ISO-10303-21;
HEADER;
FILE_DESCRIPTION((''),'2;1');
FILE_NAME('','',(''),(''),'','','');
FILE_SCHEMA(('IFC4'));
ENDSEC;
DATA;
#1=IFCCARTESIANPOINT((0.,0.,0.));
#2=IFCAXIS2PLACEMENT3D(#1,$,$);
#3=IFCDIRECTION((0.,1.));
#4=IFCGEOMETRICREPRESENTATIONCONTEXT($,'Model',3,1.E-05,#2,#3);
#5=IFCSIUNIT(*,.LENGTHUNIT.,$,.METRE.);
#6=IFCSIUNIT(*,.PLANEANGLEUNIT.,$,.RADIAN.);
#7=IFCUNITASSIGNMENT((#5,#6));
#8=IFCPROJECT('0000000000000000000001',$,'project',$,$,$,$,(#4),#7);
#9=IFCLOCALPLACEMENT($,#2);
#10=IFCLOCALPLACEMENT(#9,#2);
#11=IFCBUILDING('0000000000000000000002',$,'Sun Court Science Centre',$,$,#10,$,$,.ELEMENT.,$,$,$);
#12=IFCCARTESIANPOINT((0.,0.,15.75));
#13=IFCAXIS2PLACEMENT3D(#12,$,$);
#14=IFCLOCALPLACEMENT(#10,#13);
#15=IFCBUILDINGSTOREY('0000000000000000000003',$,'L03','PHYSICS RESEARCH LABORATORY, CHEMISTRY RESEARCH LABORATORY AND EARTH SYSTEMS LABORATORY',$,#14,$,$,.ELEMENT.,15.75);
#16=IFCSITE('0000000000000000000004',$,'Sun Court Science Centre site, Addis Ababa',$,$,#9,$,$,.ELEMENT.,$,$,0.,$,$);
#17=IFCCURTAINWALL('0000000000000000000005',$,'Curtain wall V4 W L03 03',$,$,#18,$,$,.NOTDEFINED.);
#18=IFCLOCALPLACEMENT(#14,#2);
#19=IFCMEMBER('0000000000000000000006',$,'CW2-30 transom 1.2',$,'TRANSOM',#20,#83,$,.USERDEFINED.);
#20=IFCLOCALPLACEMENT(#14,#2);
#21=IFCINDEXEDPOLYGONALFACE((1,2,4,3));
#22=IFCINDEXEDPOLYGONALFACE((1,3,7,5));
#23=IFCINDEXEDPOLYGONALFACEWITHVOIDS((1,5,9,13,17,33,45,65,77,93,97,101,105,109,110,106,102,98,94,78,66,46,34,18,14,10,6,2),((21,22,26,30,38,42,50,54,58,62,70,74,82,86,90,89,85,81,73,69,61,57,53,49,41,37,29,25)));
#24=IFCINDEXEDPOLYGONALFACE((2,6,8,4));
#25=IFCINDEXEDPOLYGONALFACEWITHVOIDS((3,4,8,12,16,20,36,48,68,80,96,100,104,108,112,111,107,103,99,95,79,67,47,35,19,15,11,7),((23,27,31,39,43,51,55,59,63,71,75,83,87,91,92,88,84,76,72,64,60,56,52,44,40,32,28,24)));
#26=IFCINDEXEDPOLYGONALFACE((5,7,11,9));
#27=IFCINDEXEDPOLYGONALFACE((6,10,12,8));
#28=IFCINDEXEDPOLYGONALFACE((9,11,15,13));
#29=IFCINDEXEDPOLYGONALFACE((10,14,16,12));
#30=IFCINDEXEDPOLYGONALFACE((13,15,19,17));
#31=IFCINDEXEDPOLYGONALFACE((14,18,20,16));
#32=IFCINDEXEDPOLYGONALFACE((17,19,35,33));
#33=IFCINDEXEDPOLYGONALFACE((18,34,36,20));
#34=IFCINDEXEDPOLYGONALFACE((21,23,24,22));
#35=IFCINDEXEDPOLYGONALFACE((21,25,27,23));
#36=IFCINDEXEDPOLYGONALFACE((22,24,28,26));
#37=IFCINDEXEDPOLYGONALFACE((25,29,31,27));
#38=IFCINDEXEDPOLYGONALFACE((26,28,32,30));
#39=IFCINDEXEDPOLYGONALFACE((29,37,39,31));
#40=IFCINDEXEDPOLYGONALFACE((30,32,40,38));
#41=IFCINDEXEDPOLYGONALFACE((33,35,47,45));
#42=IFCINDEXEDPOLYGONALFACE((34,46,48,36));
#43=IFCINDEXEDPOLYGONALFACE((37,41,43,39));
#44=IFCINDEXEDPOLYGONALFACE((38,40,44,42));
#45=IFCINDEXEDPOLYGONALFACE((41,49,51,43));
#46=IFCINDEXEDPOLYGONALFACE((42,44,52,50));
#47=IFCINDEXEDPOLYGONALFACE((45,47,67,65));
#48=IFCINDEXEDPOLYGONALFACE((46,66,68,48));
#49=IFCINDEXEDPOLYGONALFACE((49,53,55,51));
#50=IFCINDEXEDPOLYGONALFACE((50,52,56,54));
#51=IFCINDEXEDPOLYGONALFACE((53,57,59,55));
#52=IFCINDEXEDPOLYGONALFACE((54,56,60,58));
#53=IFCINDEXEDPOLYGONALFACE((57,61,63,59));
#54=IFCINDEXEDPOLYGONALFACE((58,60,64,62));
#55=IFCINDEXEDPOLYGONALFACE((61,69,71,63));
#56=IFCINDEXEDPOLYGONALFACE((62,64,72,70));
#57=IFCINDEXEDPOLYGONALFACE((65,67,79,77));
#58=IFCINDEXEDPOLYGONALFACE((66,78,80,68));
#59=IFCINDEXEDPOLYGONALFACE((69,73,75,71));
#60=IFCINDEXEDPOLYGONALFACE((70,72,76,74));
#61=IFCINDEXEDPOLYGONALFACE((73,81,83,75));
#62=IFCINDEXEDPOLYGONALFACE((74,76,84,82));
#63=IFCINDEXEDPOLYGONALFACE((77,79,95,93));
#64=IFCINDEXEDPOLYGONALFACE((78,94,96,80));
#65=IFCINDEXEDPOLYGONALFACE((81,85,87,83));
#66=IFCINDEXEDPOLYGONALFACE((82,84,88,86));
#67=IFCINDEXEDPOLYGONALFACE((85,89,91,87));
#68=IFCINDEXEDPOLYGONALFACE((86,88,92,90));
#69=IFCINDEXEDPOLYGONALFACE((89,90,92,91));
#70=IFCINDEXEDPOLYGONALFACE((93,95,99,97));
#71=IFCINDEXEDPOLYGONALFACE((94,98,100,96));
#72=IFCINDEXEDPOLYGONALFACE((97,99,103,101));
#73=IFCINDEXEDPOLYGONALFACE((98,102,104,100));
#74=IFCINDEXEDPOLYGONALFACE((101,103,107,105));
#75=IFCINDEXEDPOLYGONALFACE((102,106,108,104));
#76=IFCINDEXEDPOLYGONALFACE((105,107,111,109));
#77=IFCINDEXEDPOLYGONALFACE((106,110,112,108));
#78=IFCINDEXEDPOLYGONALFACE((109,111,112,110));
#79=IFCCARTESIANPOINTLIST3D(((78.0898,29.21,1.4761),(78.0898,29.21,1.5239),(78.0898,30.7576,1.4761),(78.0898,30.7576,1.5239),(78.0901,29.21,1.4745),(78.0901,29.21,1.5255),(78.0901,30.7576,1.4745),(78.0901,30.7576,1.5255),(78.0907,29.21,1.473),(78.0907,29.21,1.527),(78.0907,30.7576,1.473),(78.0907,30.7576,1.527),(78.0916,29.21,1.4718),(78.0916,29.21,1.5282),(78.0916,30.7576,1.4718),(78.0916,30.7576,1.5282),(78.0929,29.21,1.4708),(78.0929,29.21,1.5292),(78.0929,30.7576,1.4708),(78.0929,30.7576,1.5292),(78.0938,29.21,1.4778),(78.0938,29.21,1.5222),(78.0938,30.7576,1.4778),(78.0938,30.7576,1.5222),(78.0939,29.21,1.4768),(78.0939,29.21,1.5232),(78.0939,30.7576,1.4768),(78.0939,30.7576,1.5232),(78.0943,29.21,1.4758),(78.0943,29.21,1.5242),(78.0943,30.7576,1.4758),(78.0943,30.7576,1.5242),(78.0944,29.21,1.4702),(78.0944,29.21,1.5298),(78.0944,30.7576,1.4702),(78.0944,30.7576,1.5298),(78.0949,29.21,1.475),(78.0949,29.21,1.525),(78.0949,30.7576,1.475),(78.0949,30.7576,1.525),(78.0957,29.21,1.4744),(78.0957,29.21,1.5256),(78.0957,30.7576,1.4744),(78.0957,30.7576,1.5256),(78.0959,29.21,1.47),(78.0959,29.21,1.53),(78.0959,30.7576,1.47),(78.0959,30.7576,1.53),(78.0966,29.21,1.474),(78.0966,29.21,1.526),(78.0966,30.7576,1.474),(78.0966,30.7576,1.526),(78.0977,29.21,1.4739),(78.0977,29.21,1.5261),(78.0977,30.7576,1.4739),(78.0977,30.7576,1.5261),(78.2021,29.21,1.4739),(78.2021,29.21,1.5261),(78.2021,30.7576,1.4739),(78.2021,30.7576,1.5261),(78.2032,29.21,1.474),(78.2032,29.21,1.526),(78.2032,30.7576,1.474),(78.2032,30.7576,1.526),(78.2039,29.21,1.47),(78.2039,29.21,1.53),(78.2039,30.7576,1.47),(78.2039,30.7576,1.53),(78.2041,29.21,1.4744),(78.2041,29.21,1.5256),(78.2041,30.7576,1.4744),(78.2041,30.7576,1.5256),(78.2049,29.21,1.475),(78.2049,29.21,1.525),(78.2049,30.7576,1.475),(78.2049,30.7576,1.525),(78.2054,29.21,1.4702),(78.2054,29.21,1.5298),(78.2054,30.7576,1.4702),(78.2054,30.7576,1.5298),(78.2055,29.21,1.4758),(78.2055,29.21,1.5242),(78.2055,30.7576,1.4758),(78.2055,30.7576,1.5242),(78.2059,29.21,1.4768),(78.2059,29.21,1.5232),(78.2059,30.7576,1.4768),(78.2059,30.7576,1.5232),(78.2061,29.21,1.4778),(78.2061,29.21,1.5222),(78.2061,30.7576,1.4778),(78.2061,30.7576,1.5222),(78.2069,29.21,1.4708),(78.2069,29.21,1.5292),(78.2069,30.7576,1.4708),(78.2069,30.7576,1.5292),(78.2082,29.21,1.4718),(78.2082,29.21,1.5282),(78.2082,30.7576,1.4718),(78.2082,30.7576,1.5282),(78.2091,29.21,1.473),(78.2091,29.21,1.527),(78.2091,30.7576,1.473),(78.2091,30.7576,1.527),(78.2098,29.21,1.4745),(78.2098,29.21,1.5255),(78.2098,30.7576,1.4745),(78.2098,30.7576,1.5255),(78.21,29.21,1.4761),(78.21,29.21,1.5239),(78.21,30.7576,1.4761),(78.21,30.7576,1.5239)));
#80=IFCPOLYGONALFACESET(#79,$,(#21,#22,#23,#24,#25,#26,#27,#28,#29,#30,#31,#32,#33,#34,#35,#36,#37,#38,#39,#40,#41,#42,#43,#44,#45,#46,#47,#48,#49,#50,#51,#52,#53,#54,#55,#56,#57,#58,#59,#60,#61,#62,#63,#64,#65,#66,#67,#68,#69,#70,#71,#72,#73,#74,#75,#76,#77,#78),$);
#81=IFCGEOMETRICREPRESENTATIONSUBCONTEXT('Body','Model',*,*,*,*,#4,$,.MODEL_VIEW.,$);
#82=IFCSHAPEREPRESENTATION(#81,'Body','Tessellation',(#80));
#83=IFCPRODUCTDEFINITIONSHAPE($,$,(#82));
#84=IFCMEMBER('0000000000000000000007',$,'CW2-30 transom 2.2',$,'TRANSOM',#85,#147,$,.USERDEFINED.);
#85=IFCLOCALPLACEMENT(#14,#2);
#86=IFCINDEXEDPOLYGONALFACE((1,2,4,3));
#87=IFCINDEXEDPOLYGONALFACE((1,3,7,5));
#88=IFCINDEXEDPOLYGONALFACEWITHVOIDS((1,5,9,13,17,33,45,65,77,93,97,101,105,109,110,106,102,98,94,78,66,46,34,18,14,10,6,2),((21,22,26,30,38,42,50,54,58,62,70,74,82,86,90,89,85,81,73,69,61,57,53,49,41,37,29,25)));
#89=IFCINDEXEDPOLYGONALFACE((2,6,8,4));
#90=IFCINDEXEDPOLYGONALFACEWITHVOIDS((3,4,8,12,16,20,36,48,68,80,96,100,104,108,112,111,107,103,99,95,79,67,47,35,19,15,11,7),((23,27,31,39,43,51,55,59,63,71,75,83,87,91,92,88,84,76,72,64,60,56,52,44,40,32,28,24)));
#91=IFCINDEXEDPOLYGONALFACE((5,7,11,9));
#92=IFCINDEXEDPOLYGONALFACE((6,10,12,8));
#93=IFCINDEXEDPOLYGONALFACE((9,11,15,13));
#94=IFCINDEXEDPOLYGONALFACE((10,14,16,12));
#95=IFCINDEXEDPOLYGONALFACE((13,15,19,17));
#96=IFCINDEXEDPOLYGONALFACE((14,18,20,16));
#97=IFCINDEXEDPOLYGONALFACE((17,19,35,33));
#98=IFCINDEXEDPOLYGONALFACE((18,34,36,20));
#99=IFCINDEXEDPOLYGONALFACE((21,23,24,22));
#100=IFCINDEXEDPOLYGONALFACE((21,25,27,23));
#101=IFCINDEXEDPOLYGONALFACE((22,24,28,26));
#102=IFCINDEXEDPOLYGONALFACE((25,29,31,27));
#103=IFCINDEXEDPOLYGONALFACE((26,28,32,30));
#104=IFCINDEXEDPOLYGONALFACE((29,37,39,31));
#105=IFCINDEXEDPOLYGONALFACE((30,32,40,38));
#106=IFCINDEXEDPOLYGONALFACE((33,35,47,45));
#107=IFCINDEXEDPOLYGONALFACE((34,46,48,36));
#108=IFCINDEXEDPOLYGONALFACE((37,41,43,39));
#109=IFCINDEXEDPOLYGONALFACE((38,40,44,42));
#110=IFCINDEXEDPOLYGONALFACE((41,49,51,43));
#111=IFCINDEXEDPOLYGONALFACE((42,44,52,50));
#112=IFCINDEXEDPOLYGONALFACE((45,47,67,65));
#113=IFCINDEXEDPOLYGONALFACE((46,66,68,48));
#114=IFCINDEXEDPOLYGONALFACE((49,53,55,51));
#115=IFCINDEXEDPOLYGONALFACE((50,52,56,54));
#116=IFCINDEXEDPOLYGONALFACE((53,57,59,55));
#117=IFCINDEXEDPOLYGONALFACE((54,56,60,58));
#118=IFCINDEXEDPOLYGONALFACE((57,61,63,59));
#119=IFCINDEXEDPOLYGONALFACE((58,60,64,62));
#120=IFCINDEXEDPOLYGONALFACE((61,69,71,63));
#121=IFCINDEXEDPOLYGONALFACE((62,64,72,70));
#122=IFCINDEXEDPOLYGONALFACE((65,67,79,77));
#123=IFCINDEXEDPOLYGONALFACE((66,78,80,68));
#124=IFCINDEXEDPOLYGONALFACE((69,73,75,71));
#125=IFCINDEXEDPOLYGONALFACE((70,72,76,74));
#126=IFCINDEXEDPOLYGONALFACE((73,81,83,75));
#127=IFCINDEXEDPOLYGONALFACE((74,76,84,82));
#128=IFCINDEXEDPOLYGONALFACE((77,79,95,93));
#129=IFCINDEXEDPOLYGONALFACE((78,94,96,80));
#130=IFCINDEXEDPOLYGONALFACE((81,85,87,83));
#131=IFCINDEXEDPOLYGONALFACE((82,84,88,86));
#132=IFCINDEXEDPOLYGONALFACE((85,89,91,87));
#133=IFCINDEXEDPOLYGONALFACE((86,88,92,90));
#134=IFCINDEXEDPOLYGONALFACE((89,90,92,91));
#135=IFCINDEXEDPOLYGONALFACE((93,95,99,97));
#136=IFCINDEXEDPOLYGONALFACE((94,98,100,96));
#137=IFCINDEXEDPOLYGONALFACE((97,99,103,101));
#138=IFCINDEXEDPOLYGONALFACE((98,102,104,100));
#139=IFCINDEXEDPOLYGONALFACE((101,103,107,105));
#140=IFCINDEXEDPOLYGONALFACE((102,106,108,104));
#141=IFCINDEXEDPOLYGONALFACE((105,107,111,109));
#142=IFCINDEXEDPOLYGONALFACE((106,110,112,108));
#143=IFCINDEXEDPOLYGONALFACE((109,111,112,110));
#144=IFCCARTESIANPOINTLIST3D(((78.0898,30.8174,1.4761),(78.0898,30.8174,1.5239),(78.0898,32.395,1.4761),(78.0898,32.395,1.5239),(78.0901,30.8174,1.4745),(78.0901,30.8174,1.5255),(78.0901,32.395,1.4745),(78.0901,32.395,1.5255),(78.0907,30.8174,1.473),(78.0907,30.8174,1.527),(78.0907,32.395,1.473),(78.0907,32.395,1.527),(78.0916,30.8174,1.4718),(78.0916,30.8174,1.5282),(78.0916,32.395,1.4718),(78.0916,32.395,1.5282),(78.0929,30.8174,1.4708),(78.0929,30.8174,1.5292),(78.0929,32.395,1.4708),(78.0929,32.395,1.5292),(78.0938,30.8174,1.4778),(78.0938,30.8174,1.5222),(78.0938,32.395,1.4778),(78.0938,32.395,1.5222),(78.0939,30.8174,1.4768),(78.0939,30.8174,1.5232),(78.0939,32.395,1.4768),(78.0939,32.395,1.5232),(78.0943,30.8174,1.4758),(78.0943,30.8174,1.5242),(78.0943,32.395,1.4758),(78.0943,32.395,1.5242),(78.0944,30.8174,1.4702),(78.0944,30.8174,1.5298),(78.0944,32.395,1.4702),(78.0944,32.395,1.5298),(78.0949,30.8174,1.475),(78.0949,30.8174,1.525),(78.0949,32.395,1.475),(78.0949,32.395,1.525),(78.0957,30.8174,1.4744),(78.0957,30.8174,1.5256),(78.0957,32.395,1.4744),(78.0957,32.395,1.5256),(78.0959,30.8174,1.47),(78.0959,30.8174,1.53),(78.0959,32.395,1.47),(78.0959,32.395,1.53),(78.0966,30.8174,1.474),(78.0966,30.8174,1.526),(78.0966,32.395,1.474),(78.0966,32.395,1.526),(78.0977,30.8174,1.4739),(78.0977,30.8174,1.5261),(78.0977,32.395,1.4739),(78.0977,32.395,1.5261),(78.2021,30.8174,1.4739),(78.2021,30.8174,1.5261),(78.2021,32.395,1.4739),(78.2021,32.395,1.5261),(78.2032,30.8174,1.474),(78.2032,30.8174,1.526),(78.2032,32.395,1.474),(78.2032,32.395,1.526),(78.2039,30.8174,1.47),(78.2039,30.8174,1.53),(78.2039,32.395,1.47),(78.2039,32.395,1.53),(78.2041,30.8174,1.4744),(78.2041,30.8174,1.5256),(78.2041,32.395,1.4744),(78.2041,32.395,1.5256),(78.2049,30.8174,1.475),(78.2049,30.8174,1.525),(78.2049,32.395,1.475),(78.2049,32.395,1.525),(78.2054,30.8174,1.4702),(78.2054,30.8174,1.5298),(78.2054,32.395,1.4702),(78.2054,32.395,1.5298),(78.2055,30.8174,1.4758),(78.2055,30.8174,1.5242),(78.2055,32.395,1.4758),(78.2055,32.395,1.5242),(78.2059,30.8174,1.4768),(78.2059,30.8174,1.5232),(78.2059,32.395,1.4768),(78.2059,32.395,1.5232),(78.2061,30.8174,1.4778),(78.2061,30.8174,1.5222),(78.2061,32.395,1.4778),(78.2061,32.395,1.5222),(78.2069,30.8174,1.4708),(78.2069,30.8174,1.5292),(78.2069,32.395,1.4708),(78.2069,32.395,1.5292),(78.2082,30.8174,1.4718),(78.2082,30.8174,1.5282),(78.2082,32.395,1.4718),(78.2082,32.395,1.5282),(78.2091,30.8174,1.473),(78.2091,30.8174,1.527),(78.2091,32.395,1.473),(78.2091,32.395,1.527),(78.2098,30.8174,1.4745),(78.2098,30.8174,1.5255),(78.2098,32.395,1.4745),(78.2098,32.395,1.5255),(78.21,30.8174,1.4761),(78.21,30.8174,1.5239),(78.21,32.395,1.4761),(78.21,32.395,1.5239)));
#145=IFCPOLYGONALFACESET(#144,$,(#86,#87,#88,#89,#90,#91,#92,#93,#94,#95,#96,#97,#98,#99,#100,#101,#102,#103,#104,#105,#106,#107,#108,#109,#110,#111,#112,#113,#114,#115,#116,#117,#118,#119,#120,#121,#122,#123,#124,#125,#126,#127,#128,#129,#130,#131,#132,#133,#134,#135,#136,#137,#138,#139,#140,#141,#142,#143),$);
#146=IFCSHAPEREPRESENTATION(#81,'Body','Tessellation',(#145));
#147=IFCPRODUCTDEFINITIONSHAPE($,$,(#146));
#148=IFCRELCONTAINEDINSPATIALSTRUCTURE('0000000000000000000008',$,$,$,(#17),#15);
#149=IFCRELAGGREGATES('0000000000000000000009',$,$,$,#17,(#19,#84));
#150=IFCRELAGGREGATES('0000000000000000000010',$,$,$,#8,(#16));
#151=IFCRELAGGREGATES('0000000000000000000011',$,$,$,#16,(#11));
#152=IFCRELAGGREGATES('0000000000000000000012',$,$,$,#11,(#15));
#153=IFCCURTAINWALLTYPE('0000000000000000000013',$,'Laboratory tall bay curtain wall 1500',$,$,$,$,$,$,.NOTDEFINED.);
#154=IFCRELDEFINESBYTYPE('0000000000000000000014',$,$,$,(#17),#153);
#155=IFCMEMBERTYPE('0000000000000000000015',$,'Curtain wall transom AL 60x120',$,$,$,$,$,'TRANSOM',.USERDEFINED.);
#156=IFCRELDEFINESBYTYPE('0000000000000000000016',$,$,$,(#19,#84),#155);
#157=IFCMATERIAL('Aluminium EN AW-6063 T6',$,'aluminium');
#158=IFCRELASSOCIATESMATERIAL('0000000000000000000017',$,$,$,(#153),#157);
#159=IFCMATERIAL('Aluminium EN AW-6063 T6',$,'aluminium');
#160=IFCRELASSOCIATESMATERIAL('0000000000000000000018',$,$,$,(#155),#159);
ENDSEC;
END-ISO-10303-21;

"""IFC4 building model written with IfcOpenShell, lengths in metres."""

from ifc_helpers import new_model, si_unit, direction, frame, origin, origin_2d, place, context, subcontext, project, spatial, hollow_rectangle, extrude, material, material_profile, profile_set, type_object, element, aggregate, save


model = new_model("IFC4")

# Units and contexts
model_context = context("Model", 3, precision=1e-05, world=origin(), true_north=direction((0.0, 1.0)))
body_context = subcontext(model_context, "Body", "Model", "MODEL_VIEW")
ifc_project = project(units=[si_unit("LENGTHUNIT", "METRE"), si_unit("PLANEANGLEUNIT", "RADIAN")], contexts=[model_context])

# Site, building, storey
site_placement = place(None, origin())
site = spatial("IfcSite", under=ifc_project, at=site_placement, Name="Sun Court Science Centre site, Addis Ababa", CompositionType="ELEMENT", RefElevation=0.0)
building_placement = place(site_placement, origin())
building = spatial("IfcBuilding", under=site, at=building_placement, Name="Sun Court Science Centre", CompositionType="ELEMENT")
storey_placement = place(building_placement, frame((0.0, 0.0, 15.75)))
storey = spatial("IfcBuildingStorey", under=building, at=storey_placement, Name="L03", Description="PHYSICS RESEARCH LABORATORY, CHEMISTRY RESEARCH LABORATORY AND EARTH SYSTEMS LABORATORY", CompositionType="ELEMENT", Elevation=15.75)

# Curtain wall
ifc_material_1 = material(Name="Aluminium EN AW-6063 T6", Category="aluminium")
curtain_wall_type = type_object("IfcCurtainWallType", Name="Laboratory tall bay curtain wall 1500", PredefinedType="NOTDEFINED", material=ifc_material_1)
curtain_wall_1_placement = place(storey_placement, origin())
curtain_wall_1 = element("IfcCurtainWall", 1, at=curtain_wall_1_placement, inside=storey, type_object=curtain_wall_type, Name="Curtain wall V4 W L03 03", PredefinedType="NOTDEFINED")

# Members
ifc_material_2 = material(Name="Aluminium EN AW-6063 T6", Category="aluminium")
ifc_material_profile_1 = material_profile(ifc_material_2, hollow_rectangle(XDim=0.0601, YDim=0.1201, WallThickness=0.0039, InnerFilletRadius=0.0039, OuterFilletRadius=0.0061, at=origin_2d()), Name="AL 60x120x4")
ifc_profile_set_1 = profile_set([ifc_material_profile_1], Name="Aluminium EN AW-6063 T6")
member_type_1 = type_object("IfcMemberType", Name="Curtain wall transom AL 60x120", ElementType="TRANSOM", PredefinedType="USERDEFINED", material=ifc_profile_set_1)
member_1_placement = place(storey_placement, frame((78.1499, 29.21, 1.5), z_axis=(0.0, 1.0, 0.0), x_axis=(0.0, 0.0, 1.0)))
member_1 = element("IfcMember", 2, at=member_1_placement, type_object=member_type_1, Name="CW2-30 transom 1.2", ObjectType="TRANSOM", PredefinedType="USERDEFINED", context=body_context, shape_type="SweptSolid", body=[
    extrude(hollow_rectangle(XDim=0.0601, YDim=0.1201, WallThickness=0.0039, InnerFilletRadius=0.0039, OuterFilletRadius=0.0061, at=origin_2d()), origin(), (0.0, 0.0, 1.0), 1.5476),
])
member_2_placement = place(storey_placement, frame((78.1499, 30.8174, 1.5), z_axis=(0.0, 1.0, 0.0), x_axis=(0.0, 0.0, 1.0)))
member_2 = element("IfcMember", 3, at=member_2_placement, type_object=member_type_1, Name="CW2-30 transom 2.2", ObjectType="TRANSOM", PredefinedType="USERDEFINED", context=body_context, shape_type="SweptSolid", body=[
    extrude(hollow_rectangle(XDim=0.0601, YDim=0.1201, WallThickness=0.0039, InnerFilletRadius=0.0039, OuterFilletRadius=0.0061, at=origin_2d()), origin(), (0.0, 0.0, 1.0), 1.5776),
])

aggregate(curtain_wall_1, [member_1, member_2])

save(model, "model.ifc")
